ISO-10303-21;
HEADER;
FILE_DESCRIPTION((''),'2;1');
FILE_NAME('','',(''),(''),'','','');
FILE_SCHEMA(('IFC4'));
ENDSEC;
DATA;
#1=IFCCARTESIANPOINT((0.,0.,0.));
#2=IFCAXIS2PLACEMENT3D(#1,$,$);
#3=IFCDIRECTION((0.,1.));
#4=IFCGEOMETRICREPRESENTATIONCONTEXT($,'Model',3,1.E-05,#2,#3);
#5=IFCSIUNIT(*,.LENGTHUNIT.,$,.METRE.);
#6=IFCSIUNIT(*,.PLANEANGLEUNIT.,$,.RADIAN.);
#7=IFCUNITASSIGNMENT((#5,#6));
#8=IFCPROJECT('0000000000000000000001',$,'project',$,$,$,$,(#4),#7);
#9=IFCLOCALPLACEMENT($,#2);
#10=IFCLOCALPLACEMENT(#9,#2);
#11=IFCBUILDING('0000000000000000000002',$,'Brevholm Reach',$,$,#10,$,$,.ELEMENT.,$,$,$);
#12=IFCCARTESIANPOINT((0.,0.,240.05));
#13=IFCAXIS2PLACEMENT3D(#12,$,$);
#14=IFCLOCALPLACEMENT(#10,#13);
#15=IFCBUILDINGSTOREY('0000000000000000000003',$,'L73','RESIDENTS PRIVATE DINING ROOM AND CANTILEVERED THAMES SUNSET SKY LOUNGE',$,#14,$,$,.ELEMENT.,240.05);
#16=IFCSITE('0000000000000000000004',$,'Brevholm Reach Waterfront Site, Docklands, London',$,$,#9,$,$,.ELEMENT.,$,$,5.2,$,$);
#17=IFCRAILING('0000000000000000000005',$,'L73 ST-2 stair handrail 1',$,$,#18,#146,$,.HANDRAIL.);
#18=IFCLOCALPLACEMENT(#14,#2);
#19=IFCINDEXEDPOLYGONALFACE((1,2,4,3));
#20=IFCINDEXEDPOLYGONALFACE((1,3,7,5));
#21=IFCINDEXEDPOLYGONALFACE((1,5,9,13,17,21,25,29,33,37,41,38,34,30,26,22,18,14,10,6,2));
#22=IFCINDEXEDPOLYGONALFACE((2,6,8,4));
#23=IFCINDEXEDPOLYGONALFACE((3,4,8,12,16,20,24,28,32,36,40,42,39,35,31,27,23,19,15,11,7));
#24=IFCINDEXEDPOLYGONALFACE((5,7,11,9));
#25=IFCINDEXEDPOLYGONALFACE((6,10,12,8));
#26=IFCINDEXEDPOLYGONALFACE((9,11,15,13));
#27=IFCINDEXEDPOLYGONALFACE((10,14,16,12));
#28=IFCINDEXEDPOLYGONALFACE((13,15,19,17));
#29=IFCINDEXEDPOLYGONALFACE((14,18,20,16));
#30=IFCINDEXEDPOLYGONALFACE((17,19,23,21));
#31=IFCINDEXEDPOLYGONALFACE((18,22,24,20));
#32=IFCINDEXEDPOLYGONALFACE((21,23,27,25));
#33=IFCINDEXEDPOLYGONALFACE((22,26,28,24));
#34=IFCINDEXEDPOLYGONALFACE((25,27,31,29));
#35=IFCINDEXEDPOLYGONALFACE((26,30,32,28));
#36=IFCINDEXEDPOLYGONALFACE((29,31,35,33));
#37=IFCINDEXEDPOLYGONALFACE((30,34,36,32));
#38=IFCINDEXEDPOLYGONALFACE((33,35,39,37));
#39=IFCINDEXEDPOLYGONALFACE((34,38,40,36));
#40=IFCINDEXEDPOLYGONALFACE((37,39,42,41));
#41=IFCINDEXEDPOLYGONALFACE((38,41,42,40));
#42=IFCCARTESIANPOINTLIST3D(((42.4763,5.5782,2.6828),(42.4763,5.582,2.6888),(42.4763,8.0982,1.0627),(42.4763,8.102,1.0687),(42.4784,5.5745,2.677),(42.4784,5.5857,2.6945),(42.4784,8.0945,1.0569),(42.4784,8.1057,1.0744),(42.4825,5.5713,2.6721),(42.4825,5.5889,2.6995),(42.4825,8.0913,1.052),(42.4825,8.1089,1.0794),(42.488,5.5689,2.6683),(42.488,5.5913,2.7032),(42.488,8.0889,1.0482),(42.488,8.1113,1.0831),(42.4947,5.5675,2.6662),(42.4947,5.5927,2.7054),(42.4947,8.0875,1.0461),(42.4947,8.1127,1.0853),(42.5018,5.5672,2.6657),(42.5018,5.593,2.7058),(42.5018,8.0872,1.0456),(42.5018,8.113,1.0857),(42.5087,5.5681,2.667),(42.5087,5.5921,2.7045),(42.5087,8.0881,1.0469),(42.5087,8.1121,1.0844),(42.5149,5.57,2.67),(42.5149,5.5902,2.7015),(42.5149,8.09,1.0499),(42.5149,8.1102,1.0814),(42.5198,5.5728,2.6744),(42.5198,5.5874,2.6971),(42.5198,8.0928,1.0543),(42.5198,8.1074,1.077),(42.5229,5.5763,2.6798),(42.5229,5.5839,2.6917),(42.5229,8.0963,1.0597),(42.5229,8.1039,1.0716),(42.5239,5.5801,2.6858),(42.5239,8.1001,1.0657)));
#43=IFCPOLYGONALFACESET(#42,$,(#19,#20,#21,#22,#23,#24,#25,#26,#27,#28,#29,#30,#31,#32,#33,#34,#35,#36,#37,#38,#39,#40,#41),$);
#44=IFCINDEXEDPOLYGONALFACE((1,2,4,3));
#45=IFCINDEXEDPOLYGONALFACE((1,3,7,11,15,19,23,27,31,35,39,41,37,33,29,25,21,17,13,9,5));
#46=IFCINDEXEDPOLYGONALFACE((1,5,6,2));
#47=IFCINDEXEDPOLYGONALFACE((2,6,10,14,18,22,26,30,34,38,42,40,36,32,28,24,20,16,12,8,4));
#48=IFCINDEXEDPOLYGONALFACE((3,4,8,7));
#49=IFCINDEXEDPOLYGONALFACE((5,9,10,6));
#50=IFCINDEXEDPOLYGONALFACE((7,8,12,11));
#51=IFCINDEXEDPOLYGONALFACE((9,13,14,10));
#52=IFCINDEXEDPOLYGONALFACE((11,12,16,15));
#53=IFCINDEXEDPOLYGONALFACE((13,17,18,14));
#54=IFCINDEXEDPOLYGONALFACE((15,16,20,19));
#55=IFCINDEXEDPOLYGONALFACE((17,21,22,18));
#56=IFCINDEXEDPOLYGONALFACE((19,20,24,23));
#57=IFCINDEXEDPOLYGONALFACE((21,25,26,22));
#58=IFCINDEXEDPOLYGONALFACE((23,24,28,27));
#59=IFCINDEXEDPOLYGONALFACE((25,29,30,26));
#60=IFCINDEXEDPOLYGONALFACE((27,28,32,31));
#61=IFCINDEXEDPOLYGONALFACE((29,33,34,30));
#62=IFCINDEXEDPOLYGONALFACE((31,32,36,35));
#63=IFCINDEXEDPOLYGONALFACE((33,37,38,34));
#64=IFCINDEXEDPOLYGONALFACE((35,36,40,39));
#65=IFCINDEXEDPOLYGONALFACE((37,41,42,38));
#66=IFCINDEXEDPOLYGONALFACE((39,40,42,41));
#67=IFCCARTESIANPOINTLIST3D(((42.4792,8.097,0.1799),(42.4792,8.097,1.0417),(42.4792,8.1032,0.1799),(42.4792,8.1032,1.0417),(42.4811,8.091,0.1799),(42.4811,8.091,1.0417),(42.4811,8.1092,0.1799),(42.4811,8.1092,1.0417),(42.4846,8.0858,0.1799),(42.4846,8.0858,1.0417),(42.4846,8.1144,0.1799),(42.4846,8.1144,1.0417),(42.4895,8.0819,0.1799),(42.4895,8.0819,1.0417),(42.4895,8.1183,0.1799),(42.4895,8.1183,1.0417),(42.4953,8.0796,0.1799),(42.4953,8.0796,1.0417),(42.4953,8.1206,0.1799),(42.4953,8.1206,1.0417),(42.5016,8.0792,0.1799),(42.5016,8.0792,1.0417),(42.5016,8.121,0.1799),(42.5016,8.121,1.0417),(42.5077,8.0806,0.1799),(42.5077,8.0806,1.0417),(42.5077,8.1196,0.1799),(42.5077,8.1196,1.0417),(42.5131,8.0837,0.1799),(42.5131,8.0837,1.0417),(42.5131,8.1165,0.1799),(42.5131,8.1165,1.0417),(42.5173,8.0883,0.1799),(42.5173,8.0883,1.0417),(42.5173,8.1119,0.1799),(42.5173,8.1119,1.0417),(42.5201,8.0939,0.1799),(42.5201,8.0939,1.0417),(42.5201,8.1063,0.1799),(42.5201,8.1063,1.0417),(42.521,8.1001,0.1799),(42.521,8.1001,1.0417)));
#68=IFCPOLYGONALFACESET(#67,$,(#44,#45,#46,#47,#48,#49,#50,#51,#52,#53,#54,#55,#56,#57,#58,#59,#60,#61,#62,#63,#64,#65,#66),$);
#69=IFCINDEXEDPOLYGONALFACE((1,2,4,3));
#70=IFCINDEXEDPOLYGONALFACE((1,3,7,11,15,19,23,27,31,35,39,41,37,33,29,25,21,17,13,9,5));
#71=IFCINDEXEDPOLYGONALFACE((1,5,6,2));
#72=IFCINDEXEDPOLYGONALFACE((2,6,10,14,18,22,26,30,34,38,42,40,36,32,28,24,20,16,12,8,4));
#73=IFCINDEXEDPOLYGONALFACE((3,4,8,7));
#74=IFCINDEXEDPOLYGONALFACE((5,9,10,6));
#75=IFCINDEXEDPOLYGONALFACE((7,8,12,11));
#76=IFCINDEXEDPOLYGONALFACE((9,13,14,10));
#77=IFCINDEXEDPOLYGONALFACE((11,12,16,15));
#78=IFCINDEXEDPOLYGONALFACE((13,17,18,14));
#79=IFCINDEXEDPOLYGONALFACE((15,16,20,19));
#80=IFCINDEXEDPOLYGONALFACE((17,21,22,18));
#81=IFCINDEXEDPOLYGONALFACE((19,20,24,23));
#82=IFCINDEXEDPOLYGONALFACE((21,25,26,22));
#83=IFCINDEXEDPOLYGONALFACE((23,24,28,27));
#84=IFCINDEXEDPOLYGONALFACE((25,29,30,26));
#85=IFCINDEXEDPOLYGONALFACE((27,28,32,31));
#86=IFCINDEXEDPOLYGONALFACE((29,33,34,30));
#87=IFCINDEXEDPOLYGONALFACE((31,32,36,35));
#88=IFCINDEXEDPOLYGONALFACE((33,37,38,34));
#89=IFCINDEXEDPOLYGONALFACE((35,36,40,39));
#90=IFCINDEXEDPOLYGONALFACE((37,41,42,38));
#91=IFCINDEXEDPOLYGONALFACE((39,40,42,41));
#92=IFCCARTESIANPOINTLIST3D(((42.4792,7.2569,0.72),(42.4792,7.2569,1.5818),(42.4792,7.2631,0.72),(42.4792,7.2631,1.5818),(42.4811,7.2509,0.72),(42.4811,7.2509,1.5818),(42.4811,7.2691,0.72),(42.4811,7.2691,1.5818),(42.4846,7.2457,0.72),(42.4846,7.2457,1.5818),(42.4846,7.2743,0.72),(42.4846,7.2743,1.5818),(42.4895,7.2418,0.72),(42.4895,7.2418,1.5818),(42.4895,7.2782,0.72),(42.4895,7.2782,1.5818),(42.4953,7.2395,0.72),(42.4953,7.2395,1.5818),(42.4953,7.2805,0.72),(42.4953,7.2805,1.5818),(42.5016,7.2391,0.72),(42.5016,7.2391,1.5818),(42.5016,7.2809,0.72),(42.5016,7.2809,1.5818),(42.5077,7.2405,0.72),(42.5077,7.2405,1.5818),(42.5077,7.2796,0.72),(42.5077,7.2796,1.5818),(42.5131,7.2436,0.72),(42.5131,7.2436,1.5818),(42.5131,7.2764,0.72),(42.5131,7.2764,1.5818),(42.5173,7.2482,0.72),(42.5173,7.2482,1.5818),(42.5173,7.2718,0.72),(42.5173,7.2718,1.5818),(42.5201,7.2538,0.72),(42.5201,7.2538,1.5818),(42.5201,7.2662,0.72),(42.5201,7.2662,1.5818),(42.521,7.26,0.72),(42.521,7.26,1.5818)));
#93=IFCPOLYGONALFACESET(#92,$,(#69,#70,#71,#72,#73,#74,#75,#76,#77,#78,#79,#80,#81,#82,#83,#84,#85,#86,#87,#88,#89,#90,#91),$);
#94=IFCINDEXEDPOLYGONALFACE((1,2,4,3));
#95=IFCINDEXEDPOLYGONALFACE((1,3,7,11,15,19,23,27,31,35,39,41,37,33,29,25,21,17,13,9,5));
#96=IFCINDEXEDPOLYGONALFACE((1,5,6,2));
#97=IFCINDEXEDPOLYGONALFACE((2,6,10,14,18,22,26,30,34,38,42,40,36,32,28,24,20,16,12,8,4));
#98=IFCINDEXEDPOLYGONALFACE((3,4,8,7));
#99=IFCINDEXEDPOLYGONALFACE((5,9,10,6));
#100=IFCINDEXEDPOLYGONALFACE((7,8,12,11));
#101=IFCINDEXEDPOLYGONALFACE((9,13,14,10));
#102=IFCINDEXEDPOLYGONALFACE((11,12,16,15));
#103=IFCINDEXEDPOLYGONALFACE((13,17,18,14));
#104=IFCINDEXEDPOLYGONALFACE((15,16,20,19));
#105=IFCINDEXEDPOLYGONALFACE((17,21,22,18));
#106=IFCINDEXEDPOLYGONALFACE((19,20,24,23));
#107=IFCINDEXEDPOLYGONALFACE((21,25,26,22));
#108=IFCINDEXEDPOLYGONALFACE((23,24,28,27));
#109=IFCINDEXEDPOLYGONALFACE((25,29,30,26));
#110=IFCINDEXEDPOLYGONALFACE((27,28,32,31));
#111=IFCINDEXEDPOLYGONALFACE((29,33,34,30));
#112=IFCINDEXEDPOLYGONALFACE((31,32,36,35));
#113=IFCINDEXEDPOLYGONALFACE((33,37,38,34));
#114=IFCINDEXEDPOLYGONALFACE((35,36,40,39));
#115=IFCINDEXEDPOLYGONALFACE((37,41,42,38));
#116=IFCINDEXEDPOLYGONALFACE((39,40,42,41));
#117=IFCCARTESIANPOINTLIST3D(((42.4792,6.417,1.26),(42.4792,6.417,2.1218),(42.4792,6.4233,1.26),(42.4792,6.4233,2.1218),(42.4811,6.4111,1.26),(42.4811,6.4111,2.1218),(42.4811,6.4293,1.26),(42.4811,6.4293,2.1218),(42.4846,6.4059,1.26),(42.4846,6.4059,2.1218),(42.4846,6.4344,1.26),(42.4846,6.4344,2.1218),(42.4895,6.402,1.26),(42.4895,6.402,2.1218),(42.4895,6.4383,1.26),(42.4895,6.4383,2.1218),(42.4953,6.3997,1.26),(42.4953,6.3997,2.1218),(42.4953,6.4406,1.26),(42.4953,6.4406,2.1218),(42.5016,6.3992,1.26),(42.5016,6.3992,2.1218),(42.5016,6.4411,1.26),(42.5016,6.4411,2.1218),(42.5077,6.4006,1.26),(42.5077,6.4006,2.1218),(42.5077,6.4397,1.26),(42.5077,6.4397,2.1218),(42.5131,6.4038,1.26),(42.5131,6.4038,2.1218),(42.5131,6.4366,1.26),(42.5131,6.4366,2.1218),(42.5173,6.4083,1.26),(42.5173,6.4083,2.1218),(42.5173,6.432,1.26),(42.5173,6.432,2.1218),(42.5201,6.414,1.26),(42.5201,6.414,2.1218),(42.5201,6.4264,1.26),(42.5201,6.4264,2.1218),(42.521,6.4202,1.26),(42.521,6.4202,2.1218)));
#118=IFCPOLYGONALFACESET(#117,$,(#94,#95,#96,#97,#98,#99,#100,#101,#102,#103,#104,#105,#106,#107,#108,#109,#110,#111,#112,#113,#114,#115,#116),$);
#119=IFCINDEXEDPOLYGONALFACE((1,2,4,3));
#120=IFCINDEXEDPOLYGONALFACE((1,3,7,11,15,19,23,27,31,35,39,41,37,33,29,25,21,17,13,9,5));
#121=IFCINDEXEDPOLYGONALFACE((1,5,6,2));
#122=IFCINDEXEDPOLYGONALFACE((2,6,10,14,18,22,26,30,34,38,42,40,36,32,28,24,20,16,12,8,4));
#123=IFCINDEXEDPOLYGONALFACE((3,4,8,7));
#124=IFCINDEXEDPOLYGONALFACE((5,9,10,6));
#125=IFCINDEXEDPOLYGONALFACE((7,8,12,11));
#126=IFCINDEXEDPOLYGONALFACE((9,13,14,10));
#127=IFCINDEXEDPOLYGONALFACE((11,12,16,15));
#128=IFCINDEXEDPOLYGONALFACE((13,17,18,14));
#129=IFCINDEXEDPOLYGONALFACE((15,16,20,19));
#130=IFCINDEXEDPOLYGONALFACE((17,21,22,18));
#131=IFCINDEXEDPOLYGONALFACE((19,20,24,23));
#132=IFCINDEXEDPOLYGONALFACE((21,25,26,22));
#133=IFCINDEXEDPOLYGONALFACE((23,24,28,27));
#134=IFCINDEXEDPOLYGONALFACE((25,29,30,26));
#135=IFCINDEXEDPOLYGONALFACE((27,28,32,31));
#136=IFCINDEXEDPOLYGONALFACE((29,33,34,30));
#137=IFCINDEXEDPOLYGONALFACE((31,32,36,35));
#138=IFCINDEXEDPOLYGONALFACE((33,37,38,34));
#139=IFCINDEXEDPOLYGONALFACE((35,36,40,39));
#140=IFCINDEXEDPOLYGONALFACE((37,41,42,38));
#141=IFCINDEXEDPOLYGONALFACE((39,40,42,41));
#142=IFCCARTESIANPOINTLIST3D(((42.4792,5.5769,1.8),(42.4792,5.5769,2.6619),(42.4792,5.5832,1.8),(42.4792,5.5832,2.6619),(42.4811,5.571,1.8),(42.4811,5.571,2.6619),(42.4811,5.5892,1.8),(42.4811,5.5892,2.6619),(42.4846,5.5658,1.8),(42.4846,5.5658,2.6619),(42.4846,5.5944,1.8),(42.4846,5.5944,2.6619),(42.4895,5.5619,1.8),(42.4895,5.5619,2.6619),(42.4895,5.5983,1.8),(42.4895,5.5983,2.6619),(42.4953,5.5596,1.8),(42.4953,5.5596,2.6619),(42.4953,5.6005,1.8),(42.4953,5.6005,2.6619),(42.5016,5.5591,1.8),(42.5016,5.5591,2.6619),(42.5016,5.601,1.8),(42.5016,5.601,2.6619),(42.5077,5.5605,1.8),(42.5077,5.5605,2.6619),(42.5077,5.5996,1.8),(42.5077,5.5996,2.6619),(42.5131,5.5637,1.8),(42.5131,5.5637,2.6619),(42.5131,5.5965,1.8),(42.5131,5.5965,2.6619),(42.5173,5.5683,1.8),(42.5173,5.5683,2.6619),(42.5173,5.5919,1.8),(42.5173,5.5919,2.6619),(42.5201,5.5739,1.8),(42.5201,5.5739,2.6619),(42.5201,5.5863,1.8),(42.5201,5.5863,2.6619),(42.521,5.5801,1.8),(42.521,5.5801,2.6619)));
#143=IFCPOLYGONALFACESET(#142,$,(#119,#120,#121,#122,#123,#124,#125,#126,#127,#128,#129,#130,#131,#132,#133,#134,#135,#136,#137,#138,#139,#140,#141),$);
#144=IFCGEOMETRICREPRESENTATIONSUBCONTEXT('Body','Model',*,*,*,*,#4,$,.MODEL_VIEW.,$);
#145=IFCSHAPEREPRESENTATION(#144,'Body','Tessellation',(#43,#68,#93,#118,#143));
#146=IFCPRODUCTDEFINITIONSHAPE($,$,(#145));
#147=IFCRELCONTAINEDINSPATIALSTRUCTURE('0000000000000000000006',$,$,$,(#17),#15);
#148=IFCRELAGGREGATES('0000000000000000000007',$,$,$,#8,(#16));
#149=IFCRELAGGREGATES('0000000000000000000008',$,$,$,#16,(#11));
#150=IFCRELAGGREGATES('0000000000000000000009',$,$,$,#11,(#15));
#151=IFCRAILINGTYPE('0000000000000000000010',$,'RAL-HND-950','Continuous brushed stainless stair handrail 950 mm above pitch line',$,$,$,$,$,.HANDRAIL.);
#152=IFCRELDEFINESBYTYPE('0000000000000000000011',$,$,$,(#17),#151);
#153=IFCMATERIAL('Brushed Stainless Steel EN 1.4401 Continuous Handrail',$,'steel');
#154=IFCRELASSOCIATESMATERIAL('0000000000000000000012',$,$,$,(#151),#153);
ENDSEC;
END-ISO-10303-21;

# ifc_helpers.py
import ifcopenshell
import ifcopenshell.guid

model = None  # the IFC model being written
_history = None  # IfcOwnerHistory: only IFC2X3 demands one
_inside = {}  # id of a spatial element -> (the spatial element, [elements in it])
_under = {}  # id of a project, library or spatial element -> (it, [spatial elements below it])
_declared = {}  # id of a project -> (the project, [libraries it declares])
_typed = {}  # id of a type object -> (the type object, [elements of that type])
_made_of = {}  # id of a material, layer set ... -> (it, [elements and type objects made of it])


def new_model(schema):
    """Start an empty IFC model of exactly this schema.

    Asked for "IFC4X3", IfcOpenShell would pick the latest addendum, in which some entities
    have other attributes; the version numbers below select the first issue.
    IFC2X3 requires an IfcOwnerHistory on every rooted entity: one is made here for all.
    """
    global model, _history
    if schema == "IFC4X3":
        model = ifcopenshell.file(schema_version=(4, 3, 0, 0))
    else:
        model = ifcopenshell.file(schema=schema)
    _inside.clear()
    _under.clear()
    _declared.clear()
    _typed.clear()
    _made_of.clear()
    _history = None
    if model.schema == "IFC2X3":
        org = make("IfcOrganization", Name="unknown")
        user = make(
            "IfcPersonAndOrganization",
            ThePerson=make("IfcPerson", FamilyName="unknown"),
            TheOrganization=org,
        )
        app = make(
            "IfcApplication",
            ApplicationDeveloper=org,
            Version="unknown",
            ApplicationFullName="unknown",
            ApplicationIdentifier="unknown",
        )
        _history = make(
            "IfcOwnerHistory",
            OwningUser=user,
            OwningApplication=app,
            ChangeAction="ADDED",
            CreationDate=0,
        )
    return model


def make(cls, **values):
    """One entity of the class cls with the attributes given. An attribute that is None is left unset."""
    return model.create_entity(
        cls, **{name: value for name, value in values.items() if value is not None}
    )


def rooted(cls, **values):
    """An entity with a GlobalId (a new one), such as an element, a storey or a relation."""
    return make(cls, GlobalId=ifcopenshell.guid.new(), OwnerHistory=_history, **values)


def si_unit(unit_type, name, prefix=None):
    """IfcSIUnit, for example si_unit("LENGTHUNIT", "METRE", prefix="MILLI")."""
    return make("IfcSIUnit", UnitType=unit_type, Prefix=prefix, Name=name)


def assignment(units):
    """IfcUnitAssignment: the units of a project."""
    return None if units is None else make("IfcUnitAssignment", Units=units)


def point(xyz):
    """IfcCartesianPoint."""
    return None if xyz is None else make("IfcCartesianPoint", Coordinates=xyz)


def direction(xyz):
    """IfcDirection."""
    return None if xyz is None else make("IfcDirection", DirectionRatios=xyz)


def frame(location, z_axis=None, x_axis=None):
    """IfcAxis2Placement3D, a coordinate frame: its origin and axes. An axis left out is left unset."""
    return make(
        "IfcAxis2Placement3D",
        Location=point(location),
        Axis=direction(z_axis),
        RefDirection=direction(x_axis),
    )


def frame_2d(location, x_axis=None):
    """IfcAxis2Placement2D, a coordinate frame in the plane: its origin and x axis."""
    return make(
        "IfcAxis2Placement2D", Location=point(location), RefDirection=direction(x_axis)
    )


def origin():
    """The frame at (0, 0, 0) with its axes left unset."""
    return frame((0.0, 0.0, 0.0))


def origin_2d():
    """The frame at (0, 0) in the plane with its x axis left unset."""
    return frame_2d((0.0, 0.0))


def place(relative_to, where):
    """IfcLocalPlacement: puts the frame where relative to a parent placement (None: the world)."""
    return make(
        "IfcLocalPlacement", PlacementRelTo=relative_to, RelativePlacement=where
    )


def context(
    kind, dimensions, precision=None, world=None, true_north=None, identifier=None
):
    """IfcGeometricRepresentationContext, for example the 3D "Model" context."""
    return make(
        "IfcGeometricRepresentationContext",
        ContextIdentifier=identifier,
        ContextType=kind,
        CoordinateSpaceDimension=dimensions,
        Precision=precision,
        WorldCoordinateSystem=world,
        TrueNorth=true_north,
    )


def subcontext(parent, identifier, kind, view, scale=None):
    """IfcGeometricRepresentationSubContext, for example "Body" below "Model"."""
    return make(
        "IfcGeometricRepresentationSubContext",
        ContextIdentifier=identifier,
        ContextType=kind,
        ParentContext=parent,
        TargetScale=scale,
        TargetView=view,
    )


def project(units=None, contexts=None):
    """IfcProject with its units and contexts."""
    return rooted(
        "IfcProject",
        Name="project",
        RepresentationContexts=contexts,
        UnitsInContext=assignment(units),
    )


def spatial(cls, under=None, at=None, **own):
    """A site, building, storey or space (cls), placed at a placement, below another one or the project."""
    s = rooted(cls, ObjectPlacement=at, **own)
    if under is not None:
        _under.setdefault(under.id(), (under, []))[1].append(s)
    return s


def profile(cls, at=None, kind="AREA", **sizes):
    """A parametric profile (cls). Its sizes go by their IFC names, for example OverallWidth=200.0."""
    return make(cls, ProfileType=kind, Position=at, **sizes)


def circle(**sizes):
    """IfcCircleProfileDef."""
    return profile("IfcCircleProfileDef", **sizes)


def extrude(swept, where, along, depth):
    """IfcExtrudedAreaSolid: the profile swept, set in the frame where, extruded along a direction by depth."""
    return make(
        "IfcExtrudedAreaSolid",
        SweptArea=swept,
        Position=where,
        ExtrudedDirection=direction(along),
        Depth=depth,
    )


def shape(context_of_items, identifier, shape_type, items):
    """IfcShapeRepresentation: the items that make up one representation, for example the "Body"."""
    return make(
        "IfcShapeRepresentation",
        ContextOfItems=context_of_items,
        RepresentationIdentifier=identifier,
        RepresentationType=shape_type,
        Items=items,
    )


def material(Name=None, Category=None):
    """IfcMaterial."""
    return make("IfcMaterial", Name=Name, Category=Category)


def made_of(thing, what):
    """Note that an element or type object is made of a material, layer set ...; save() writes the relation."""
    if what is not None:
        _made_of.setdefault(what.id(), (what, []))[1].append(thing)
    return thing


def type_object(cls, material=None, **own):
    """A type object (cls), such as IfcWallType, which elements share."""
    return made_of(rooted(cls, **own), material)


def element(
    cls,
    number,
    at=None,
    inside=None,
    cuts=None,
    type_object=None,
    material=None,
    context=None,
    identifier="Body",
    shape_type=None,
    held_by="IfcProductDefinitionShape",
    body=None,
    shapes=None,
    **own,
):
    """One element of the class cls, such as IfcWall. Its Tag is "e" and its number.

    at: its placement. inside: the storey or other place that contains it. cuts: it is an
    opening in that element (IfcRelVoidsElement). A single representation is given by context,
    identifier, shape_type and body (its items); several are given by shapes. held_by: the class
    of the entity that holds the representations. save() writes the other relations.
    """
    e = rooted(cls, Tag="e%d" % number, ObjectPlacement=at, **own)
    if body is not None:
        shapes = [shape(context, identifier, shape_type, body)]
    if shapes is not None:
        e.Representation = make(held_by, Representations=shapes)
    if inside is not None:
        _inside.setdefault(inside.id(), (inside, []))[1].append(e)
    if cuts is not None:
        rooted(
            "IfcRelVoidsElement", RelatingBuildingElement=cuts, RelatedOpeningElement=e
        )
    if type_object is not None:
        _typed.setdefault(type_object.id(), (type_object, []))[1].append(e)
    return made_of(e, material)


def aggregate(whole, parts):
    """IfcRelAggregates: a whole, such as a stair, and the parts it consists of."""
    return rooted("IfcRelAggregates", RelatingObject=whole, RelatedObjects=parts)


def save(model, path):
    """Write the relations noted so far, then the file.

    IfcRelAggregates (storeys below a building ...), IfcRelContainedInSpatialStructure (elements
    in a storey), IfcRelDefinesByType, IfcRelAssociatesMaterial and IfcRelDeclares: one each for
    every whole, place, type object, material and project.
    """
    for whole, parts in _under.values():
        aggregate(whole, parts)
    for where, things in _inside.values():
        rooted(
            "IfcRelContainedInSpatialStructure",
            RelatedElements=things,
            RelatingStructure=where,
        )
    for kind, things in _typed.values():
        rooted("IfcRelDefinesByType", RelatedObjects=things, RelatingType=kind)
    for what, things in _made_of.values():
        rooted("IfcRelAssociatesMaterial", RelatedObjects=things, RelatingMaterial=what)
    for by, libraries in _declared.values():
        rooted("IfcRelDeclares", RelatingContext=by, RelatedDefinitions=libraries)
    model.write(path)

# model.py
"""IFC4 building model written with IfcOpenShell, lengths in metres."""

from ifc_helpers import new_model, si_unit, direction, frame, origin, origin_2d, place, context, subcontext, project, spatial, circle, extrude, material, type_object, element, save


model = new_model("IFC4")

# Units and contexts
model_context = context("Model", 3, precision=1e-05, world=origin(), true_north=direction((0.0, 1.0)))
body_context = subcontext(model_context, "Body", "Model", "MODEL_VIEW")
ifc_project = project(units=[si_unit("LENGTHUNIT", "METRE"), si_unit("PLANEANGLEUNIT", "RADIAN")], contexts=[model_context])

# Site, building, storey
site_placement = place(None, origin())
site = spatial("IfcSite", under=ifc_project, at=site_placement, Name="Brevholm Reach Waterfront Site, Docklands, London", CompositionType="ELEMENT", RefElevation=5.2)
building_placement = place(site_placement, origin())
building = spatial("IfcBuilding", under=site, at=building_placement, Name="Brevholm Reach", CompositionType="ELEMENT")
storey_placement = place(building_placement, frame((0.0, 0.0, 240.05)))
storey = spatial("IfcBuildingStorey", under=building, at=storey_placement, Name="L73", Description="RESIDENTS PRIVATE DINING ROOM AND CANTILEVERED THAMES SUNSET SKY LOUNGE", CompositionType="ELEMENT", Elevation=240.05)

# Railing
ifc_material_1 = material(Name="Brushed Stainless Steel EN 1.4401 Continuous Handrail", Category="steel")
railing_type_1 = type_object("IfcRailingType", Name="RAL-HND-950", Description="Continuous brushed stainless stair handrail 950 mm above pitch line", PredefinedType="HANDRAIL", material=ifc_material_1)
railing_1_placement = place(storey_placement, frame((42.5, 8.1001, 0.1799)))
element("IfcRailing", 1, at=railing_1_placement, inside=storey, type_object=railing_type_1, Name="L73 ST-2 stair handrail 1", PredefinedType="HANDRAIL", context=body_context, shape_type="SweptSolid", body=[
    extrude(circle(Radius=0.0239, at=origin_2d()), frame((0.0, 0.0, 0.8857), z_axis=(0.0, -0.841163, 0.540782), x_axis=(1.0, 0.0, 0.0)), (0.0, 0.0, 1.0), 2.9958),
    extrude(circle(Radius=0.021, at=origin_2d()), origin(), (0.0, 0.0, 1.0), 0.8618),
    extrude(circle(Radius=0.021, at=origin_2d()), frame((0.0, -0.8401, 0.54)), (0.0, 0.0, 1.0), 0.8618),
    extrude(circle(Radius=0.021, at=origin_2d()), frame((0.0, -1.6799, 1.0801)), (0.0, 0.0, 1.0), 0.8618),
    extrude(circle(Radius=0.021, at=origin_2d()), frame((0.0, -2.52, 1.6201)), (0.0, 0.0, 1.0), 0.8618),
])

save(model, "model.ifc")
